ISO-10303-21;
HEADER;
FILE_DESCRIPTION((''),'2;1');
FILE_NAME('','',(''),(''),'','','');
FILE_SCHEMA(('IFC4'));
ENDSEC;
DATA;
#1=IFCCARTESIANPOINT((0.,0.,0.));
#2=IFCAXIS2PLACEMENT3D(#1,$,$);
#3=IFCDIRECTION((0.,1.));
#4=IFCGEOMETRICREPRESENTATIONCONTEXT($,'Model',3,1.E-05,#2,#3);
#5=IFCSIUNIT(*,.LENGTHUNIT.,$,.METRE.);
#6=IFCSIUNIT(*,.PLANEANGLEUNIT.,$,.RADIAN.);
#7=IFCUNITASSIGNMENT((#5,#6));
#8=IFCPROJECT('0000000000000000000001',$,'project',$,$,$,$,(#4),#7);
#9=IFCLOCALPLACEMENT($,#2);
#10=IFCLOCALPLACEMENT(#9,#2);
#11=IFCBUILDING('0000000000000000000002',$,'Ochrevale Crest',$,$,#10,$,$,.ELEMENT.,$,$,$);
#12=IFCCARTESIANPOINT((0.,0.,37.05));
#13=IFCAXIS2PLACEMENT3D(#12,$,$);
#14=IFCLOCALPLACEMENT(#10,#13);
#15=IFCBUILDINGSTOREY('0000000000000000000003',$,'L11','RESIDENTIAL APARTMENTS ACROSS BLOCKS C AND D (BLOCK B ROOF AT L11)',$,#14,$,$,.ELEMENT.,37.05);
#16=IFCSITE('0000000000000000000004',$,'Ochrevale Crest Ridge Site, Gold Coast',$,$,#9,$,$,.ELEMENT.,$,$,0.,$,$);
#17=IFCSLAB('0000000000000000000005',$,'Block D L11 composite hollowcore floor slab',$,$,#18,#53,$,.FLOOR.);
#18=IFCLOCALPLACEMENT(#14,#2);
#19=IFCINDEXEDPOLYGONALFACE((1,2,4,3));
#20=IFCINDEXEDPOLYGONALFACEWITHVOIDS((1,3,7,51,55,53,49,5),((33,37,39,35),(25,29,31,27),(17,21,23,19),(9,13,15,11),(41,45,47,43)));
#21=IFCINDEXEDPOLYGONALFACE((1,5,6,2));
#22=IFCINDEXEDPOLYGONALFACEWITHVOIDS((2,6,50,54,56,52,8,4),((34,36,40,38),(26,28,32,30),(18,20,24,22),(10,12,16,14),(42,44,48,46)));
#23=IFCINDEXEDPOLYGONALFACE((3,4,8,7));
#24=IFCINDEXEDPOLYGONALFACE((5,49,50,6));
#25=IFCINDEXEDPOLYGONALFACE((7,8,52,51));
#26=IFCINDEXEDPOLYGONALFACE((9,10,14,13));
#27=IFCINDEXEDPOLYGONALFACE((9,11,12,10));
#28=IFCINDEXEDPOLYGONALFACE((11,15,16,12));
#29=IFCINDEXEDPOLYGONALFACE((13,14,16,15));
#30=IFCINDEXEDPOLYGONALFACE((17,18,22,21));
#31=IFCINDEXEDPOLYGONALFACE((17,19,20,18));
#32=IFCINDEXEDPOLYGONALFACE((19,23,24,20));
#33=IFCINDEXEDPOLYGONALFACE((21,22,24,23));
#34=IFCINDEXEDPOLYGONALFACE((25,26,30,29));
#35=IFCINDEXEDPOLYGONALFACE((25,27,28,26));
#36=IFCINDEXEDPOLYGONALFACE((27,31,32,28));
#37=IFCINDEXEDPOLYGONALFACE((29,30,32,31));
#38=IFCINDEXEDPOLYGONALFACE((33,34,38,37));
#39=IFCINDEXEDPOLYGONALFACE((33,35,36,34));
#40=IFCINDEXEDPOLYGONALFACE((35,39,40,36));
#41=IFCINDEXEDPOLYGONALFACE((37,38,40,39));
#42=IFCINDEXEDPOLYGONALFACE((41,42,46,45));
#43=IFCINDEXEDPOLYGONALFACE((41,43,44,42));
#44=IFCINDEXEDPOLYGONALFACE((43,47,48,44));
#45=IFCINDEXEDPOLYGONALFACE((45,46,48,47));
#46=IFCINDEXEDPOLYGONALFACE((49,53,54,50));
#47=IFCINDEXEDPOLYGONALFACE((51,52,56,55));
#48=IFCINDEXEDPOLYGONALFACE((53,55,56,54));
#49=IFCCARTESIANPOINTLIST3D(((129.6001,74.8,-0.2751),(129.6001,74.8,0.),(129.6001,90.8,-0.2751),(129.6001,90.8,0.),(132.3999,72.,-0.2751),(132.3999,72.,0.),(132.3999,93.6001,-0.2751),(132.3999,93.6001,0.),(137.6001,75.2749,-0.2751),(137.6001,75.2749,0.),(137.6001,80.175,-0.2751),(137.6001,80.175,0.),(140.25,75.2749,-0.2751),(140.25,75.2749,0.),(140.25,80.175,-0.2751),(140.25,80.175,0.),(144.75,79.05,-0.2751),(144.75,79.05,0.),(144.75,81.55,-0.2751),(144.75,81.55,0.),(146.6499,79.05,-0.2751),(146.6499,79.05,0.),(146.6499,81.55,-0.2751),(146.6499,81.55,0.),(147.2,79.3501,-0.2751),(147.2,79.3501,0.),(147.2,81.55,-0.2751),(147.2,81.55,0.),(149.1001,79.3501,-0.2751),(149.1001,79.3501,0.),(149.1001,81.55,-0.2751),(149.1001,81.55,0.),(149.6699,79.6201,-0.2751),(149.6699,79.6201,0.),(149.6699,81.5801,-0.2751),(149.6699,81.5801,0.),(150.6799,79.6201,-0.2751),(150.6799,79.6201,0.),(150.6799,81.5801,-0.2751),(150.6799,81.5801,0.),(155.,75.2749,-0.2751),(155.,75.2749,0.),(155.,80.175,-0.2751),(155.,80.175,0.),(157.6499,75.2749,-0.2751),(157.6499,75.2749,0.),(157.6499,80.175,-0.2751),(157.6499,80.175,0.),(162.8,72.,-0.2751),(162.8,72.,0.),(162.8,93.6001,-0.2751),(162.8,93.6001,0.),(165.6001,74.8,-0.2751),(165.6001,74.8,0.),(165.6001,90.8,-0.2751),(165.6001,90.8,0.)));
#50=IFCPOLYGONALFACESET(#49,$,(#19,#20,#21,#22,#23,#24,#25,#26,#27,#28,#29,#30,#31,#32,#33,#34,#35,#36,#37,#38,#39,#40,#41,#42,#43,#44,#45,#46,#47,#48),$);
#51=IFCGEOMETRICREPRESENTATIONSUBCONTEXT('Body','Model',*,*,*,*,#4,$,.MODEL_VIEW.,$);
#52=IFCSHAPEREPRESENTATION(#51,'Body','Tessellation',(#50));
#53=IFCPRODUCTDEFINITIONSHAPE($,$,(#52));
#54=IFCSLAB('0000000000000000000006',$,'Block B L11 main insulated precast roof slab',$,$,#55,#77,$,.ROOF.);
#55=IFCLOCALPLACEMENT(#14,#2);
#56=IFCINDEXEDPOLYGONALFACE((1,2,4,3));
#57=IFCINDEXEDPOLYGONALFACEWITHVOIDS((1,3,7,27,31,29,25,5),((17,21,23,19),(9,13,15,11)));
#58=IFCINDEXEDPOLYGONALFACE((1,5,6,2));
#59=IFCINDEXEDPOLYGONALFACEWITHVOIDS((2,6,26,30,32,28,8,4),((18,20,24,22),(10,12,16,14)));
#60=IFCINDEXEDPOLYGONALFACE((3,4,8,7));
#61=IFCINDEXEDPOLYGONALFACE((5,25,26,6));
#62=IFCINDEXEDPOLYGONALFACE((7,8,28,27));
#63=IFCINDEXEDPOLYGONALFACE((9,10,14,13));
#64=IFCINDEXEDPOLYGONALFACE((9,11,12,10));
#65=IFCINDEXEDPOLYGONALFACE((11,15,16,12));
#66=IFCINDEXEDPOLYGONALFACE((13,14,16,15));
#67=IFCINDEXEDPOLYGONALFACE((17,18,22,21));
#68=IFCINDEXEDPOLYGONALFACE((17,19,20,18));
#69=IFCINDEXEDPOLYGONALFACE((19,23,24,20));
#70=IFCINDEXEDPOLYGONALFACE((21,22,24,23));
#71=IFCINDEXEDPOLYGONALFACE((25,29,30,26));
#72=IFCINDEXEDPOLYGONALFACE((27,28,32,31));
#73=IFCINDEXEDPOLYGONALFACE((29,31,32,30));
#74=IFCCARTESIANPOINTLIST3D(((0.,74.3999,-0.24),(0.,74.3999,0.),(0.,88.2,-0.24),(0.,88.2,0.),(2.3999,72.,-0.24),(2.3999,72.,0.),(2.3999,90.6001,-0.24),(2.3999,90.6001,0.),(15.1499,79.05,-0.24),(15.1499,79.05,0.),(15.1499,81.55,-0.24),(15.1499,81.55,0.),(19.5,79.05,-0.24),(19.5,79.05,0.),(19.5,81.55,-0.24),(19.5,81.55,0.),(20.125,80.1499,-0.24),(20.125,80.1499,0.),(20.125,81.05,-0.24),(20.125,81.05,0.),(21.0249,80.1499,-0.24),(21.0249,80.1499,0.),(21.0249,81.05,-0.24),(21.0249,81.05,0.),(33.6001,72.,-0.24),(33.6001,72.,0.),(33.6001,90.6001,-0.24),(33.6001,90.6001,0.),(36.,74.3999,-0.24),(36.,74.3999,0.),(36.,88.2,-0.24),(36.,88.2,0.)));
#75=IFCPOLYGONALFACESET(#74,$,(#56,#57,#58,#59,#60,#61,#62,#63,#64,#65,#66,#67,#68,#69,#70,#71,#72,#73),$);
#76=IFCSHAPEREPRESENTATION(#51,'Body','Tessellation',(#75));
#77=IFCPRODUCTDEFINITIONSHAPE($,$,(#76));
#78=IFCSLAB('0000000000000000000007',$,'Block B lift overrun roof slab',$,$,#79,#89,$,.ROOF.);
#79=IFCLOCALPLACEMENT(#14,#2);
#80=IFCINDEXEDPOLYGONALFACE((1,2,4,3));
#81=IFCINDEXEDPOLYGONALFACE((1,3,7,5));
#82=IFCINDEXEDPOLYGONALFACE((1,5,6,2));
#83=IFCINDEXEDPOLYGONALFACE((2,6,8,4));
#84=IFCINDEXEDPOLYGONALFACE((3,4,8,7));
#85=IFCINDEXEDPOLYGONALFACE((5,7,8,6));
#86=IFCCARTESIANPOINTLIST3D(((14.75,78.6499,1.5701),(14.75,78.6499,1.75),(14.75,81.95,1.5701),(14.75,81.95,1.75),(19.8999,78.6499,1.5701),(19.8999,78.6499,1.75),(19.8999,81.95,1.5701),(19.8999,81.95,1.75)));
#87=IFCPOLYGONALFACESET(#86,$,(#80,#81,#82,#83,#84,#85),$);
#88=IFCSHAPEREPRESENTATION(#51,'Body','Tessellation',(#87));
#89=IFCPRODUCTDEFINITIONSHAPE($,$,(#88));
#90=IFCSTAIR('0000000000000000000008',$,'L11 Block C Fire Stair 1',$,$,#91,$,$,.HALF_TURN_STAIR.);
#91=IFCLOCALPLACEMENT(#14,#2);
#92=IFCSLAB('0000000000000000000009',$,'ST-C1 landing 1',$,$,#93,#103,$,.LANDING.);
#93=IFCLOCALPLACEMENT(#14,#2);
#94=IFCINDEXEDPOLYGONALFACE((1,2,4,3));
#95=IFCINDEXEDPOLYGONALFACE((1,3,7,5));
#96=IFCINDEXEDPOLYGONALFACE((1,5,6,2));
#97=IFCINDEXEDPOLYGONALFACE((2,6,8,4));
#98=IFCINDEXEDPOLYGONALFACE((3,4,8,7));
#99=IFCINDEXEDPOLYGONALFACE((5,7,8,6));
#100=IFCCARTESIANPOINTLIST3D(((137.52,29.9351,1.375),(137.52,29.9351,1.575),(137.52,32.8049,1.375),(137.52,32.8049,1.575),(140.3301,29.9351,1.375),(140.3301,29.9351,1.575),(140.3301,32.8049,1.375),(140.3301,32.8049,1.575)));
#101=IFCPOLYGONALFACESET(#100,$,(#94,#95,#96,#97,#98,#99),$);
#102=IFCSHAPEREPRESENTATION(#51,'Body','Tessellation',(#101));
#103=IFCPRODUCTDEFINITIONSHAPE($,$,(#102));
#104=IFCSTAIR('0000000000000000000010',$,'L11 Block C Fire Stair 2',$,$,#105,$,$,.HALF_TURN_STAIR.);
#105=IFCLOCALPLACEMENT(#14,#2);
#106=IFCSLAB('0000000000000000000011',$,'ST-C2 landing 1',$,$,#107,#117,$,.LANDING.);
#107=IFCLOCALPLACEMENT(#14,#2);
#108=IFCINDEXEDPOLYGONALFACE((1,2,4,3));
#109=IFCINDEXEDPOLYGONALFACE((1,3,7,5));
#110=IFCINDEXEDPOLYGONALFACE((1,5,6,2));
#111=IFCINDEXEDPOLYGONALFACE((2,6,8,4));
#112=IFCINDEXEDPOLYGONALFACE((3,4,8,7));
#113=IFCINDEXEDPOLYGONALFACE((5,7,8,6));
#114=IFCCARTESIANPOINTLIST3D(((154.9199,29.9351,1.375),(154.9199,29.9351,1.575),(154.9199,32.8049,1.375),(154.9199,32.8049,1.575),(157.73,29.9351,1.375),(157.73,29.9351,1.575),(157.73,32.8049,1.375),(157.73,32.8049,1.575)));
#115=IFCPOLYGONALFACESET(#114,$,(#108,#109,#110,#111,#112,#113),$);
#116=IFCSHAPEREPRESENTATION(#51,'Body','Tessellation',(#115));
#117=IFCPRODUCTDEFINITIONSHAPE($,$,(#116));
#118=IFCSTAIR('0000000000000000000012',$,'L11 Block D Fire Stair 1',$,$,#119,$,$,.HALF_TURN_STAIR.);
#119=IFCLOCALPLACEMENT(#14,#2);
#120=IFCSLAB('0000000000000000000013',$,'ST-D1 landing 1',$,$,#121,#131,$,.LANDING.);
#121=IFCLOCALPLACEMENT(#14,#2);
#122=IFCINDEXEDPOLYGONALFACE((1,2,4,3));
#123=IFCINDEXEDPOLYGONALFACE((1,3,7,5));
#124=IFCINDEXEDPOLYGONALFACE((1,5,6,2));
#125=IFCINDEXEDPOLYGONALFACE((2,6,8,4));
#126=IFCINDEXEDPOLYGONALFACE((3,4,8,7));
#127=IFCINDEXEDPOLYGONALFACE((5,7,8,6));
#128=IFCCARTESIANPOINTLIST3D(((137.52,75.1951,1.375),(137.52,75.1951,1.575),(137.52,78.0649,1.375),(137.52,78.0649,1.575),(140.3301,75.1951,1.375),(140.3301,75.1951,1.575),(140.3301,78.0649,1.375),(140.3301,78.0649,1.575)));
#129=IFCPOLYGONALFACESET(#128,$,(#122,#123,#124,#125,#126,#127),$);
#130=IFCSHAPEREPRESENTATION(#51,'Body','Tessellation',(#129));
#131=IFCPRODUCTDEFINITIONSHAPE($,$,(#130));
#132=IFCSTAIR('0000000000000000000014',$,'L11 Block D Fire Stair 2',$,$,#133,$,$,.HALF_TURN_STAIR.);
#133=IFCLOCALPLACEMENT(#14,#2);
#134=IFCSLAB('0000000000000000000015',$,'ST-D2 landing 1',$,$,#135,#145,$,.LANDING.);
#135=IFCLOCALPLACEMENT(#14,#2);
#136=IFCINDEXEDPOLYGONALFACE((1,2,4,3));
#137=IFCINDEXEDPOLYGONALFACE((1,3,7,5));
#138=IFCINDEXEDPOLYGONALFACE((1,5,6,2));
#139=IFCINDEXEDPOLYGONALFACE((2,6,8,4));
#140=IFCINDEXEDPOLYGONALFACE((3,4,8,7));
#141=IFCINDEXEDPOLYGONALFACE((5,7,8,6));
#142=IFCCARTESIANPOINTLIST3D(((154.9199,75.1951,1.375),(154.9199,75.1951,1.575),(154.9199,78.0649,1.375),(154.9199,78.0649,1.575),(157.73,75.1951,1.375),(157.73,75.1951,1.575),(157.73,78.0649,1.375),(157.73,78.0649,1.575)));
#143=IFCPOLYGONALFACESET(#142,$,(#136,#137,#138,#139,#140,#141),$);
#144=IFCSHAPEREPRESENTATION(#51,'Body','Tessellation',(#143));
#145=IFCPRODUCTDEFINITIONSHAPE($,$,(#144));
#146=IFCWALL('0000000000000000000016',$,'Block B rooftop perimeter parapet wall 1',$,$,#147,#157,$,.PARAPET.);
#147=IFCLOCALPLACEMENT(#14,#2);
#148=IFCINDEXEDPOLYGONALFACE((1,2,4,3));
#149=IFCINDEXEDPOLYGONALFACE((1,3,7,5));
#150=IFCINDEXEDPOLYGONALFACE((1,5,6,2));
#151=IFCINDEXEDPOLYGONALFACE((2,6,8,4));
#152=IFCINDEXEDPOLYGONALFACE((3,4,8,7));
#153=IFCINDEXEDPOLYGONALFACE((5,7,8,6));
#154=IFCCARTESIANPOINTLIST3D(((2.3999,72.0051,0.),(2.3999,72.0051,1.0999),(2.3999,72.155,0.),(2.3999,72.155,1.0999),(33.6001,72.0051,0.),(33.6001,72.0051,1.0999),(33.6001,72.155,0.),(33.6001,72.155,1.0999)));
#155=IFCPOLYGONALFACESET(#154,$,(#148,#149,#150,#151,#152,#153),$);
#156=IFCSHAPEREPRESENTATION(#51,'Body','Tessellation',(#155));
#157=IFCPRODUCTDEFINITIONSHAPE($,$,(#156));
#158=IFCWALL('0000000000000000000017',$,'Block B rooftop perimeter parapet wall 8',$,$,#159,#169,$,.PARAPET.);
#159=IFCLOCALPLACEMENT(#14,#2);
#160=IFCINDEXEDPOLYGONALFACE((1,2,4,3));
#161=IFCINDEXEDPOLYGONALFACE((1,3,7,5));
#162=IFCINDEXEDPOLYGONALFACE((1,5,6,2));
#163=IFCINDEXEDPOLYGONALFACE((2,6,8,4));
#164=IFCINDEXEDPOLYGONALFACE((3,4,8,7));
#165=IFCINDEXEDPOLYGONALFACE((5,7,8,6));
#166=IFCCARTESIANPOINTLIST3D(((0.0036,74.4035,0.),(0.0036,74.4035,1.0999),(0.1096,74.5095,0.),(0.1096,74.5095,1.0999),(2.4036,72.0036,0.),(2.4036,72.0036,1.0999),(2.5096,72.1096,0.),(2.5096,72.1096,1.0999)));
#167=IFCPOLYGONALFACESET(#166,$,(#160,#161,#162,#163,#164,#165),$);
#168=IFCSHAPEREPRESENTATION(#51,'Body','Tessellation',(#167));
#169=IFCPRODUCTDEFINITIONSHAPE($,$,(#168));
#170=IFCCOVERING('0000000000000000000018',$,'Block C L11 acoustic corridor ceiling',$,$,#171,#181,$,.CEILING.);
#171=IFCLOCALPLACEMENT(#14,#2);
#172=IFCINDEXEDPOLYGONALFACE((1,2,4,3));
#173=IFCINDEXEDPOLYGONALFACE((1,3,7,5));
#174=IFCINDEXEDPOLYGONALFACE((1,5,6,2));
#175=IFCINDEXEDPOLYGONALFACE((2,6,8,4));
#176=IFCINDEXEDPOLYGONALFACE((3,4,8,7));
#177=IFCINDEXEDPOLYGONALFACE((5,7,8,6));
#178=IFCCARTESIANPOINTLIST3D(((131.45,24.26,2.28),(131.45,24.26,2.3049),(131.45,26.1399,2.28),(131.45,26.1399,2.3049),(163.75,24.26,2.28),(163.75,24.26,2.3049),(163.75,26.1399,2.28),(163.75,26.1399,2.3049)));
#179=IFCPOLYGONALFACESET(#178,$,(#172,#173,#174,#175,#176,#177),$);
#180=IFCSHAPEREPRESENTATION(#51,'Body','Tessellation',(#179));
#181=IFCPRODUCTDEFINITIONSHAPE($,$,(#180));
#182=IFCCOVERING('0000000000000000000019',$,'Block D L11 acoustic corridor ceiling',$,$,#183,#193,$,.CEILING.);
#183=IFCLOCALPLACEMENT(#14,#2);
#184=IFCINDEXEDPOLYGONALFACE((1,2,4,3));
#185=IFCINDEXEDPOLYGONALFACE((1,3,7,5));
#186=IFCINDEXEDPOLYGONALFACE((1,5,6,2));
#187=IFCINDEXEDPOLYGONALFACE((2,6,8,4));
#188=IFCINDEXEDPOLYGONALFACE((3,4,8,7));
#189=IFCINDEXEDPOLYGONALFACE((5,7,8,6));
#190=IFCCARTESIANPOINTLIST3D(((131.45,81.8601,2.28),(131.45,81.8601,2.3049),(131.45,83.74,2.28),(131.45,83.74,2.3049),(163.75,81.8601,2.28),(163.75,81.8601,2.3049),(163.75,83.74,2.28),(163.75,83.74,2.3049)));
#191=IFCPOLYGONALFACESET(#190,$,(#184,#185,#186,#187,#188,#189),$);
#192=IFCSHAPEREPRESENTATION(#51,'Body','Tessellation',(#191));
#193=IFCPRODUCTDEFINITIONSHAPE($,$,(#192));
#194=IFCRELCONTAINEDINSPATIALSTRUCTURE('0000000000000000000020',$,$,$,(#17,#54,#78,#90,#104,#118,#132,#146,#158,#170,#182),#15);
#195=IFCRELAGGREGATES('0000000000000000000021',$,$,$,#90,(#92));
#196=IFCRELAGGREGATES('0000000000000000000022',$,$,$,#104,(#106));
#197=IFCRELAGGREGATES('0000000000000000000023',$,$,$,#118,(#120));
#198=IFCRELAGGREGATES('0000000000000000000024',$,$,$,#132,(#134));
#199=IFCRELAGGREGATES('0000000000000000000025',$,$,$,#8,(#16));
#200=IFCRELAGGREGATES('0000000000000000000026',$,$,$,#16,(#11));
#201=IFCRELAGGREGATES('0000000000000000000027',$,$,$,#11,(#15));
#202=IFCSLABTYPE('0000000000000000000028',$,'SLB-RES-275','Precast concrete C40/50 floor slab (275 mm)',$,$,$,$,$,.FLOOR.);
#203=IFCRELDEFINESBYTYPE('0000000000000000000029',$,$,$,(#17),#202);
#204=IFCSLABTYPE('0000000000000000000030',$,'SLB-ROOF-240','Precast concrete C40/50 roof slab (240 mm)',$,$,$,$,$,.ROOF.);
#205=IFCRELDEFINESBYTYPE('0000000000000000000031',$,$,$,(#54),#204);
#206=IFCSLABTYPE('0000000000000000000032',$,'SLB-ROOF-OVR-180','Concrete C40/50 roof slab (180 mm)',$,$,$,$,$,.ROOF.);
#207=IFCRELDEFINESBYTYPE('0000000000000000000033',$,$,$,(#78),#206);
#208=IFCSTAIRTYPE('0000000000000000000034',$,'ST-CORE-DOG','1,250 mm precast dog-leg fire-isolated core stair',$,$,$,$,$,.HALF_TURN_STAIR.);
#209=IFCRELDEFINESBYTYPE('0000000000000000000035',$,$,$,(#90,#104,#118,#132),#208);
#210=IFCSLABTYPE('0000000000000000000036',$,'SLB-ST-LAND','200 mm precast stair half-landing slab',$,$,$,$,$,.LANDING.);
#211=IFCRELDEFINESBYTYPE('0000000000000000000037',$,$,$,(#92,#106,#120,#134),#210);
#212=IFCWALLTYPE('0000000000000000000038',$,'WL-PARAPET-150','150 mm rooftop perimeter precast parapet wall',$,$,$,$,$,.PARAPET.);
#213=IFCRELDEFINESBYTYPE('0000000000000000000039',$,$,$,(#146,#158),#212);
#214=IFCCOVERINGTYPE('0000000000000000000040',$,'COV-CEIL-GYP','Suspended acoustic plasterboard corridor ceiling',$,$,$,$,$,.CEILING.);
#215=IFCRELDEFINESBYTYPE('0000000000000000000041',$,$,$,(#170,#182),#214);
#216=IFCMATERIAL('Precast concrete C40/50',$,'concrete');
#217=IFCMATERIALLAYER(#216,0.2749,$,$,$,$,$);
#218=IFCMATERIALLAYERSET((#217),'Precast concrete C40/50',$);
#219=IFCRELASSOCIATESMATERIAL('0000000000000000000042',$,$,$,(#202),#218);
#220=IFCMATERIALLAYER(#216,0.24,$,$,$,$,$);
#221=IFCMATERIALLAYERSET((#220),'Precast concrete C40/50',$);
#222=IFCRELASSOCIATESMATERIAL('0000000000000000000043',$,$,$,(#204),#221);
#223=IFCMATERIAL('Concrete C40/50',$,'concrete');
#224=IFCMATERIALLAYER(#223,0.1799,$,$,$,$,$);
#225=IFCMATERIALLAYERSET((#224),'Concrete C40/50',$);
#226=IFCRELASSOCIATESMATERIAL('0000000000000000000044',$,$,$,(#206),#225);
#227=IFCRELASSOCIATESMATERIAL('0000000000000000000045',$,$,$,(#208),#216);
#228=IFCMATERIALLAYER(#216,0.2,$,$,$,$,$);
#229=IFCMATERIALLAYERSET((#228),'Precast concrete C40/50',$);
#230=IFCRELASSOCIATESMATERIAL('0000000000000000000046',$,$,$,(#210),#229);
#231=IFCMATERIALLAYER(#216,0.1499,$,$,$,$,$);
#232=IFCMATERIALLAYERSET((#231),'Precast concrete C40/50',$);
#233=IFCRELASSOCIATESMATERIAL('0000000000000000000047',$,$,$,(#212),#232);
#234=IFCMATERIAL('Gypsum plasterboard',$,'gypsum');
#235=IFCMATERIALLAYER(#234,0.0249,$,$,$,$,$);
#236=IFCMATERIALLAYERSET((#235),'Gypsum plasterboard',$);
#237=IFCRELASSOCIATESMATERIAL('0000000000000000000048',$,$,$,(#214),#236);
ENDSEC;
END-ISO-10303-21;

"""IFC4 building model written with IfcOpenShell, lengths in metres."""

from ifc_helpers import new_model, si_unit, direction, frame, frame_2d, origin, place, context, subcontext, project, spatial, polyline, rectangle, outline, extrude, material, layer, layer_set, type_object, element, aggregate, save


model = new_model("IFC4")

# Units and contexts
model_context = context("Model", 3, precision=1e-05, world=origin(), true_north=direction((0.0, 1.0)))
body_context = subcontext(model_context, "Body", "Model", "MODEL_VIEW")
ifc_project = project(units=[si_unit("LENGTHUNIT", "METRE"), si_unit("PLANEANGLEUNIT", "RADIAN")], contexts=[model_context])

# Site, building, storey
site_placement = place(None, origin())
site = spatial("IfcSite", under=ifc_project, at=site_placement, Name="Ochrevale Crest Ridge Site, Gold Coast", CompositionType="ELEMENT", RefElevation=0.0)
building_placement = place(site_placement, origin())
building = spatial("IfcBuilding", under=site, at=building_placement, Name="Ochrevale Crest", CompositionType="ELEMENT")
storey_placement = place(building_placement, frame((0.0, 0.0, 37.05)))
storey = spatial("IfcBuildingStorey", under=building, at=storey_placement, Name="L11", Description="RESIDENTIAL APARTMENTS ACROSS BLOCKS C AND D (BLOCK B ROOF AT L11)", CompositionType="ELEMENT", Elevation=37.05)

# Slabs
ifc_material_1 = material(Name="Precast concrete C40/50", Category="concrete")
ifc_layer_1 = layer(ifc_material_1, 0.2749)
ifc_layer_set_1 = layer_set([ifc_layer_1], Name="Precast concrete C40/50")
slab_type_1 = type_object("IfcSlabType", Name="SLB-RES-275", Description="Precast concrete C40/50 floor slab (275 mm)", PredefinedType="FLOOR", material=ifc_layer_set_1)
slab_1_placement = place(storey_placement, frame((0.0, 0.0, -0.2751)))
element("IfcSlab", 1, at=slab_1_placement, inside=storey, type_object=slab_type_1, Name="Block D L11 composite hollowcore floor slab", PredefinedType="FLOOR", context=body_context, shape_type="SweptSolid", body=[
    extrude(outline(polyline([(132.3999, 72.0), (162.8, 72.0), (165.6001, 74.8), (165.6001, 90.8), (162.8, 93.6001), (132.3999, 93.6001), (129.6001, 90.8), (129.6001, 74.8), (132.3999, 72.0)]), holes=[polyline([(137.6001, 80.175), (137.6001, 75.2749), (140.25, 75.2749), (140.25, 80.175), (137.6001, 80.175)]), polyline([(155.0, 80.175), (155.0, 75.2749), (157.6499, 75.2749), (157.6499, 80.175), (155.0, 80.175)]), polyline([(144.75, 79.05), (146.6499, 79.05), (146.6499, 81.55), (144.75, 81.55), (144.75, 79.05)]), polyline([(147.2, 79.3501), (149.1001, 79.3501), (149.1001, 81.55), (147.2, 81.55), (147.2, 79.3501)]), polyline([(149.6699, 79.6201), (150.6799, 79.6201), (150.6799, 81.5801), (149.6699, 81.5801), (149.6699, 79.6201)])]), origin(), (0.0, 0.0, 1.0), 0.2751),
])
ifc_layer_2 = layer(ifc_material_1, 0.24)
ifc_layer_set_2 = layer_set([ifc_layer_2], Name="Precast concrete C40/50")
slab_type_2 = type_object("IfcSlabType", Name="SLB-ROOF-240", Description="Precast concrete C40/50 roof slab (240 mm)", PredefinedType="ROOF", material=ifc_layer_set_2)
slab_2_placement = place(storey_placement, frame((0.0, 0.0, -0.24)))
element("IfcSlab", 2, at=slab_2_placement, inside=storey, type_object=slab_type_2, Name="Block B L11 main insulated precast roof slab", PredefinedType="ROOF", context=body_context, shape_type="SweptSolid", body=[
    extrude(outline(polyline([(2.3999, 72.0), (33.6001, 72.0), (36.0, 74.3999), (36.0, 88.2), (33.6001, 90.6001), (2.3999, 90.6001), (0.0, 88.2), (0.0, 74.3999), (2.3999, 72.0)]), holes=[polyline([(15.1499, 79.05), (19.5, 79.05), (19.5, 81.55), (15.1499, 81.55), (15.1499, 79.05)]), polyline([(20.125, 80.1499), (21.0249, 80.1499), (21.0249, 81.05), (20.125, 81.05), (20.125, 80.1499)])]), origin(), (0.0, 0.0, 1.0), 0.24),
])
ifc_material_2 = material(Name="Concrete C40/50", Category="concrete")
ifc_layer_3 = layer(ifc_material_2, 0.1799)
ifc_layer_set_3 = layer_set([ifc_layer_3], Name="Concrete C40/50")
slab_type_3 = type_object("IfcSlabType", Name="SLB-ROOF-OVR-180", Description="Concrete C40/50 roof slab (180 mm)", PredefinedType="ROOF", material=ifc_layer_set_3)
slab_3_placement = place(storey_placement, frame((0.0, 0.0, 1.5701)))
element("IfcSlab", 3, at=slab_3_placement, inside=storey, type_object=slab_type_3, Name="Block B lift overrun roof slab", PredefinedType="ROOF", context=body_context, shape_type="SweptSolid", body=[
    extrude(outline(polyline([(14.75, 78.6499), (19.8999, 78.6499), (19.8999, 81.95), (14.75, 81.95), (14.75, 78.6499)])), origin(), (0.0, 0.0, 1.0), 0.1799),
])

# Stairs, slabs
stair_type = type_object("IfcStairType", Name="ST-CORE-DOG", Description="1,250 mm precast dog-leg fire-isolated core stair", PredefinedType="HALF_TURN_STAIR", material=ifc_material_1)
stair_1_placement = place(storey_placement, origin())
stair_1 = element("IfcStair", 4, at=stair_1_placement, inside=storey, type_object=stair_type, Name="L11 Block C Fire Stair 1", PredefinedType="HALF_TURN_STAIR")
ifc_layer_4 = layer(ifc_material_1, 0.2)
ifc_layer_set_4 = layer_set([ifc_layer_4], Name="Precast concrete C40/50")
slab_type_4 = type_object("IfcSlabType", Name="SLB-ST-LAND", Description="200 mm precast stair half-landing slab", PredefinedType="LANDING", material=ifc_layer_set_4)
slab_4_placement = place(storey_placement, frame((0.0, 0.0, 1.375)))
slab_4 = element("IfcSlab", 5, at=slab_4_placement, type_object=slab_type_4, Name="ST-C1 landing 1", PredefinedType="LANDING", context=body_context, shape_type="SweptSolid", body=[
    extrude(outline(polyline([(140.3301, 29.9351), (140.3301, 32.8049), (137.52, 32.8049), (137.52, 29.9351), (140.3301, 29.9351)])), origin(), (0.0, 0.0, 1.0), 0.2),
])
aggregate(stair_1, [slab_4])
stair_2_placement = place(storey_placement, origin())
stair_2 = element("IfcStair", 6, at=stair_2_placement, inside=storey, type_object=stair_type, Name="L11 Block C Fire Stair 2", PredefinedType="HALF_TURN_STAIR")
slab_5_placement = place(storey_placement, frame((0.0, 0.0, 1.375)))
slab_5 = element("IfcSlab", 7, at=slab_5_placement, type_object=slab_type_4, Name="ST-C2 landing 1", PredefinedType="LANDING", context=body_context, shape_type="SweptSolid", body=[
    extrude(outline(polyline([(157.73, 29.9351), (157.73, 32.8049), (154.9199, 32.8049), (154.9199, 29.9351), (157.73, 29.9351)])), origin(), (0.0, 0.0, 1.0), 0.2),
])
aggregate(stair_2, [slab_5])
stair_3_placement = place(storey_placement, origin())
stair_3 = element("IfcStair", 8, at=stair_3_placement, inside=storey, type_object=stair_type, Name="L11 Block D Fire Stair 1", PredefinedType="HALF_TURN_STAIR")
slab_6_placement = place(storey_placement, frame((0.0, 0.0, 1.375)))
slab_6 = element("IfcSlab", 9, at=slab_6_placement, type_object=slab_type_4, Name="ST-D1 landing 1", PredefinedType="LANDING", context=body_context, shape_type="SweptSolid", body=[
    extrude(outline(polyline([(137.52, 78.0649), (137.52, 75.1951), (140.3301, 75.1951), (140.3301, 78.0649), (137.52, 78.0649)])), origin(), (0.0, 0.0, 1.0), 0.2),
])
aggregate(stair_3, [slab_6])
stair_4_placement = place(storey_placement, origin())
stair_4 = element("IfcStair", 10, at=stair_4_placement, inside=storey, type_object=stair_type, Name="L11 Block D Fire Stair 2", PredefinedType="HALF_TURN_STAIR")
slab_7_placement = place(storey_placement, frame((0.0, 0.0, 1.375)))
slab_7 = element("IfcSlab", 11, at=slab_7_placement, type_object=slab_type_4, Name="ST-D2 landing 1", PredefinedType="LANDING", context=body_context, shape_type="SweptSolid", body=[
    extrude(outline(polyline([(154.9199, 78.0649), (154.9199, 75.1951), (157.73, 75.1951), (157.73, 78.0649), (154.9199, 78.0649)])), origin(), (0.0, 0.0, 1.0), 0.2),
])
aggregate(stair_4, [slab_7])

# Walls
ifc_layer_5 = layer(ifc_material_1, 0.1499)
ifc_layer_set_5 = layer_set([ifc_layer_5], Name="Precast concrete C40/50")
wall_type = type_object("IfcWallType", Name="WL-PARAPET-150", Description="150 mm rooftop perimeter precast parapet wall", PredefinedType="PARAPET", material=ifc_layer_set_5)
wall_1_placement = place(storey_placement, frame((2.3999, 72.0801, 0.0), z_axis=(0.0, 0.0, 1.0), x_axis=(1.0, 0.0, 0.0)))
element("IfcWall", 12, at=wall_1_placement, inside=storey, type_object=wall_type, Name="Block B rooftop perimeter parapet wall 1", PredefinedType="PARAPET", context=body_context, shape_type="SweptSolid", body=[
    extrude(rectangle(XDim=31.2002, YDim=0.1499, at=frame_2d((15.6001, 0.0))), origin(), (0.0, 0.0, 1.0), 1.0999),
])
wall_2_placement = place(storey_placement, frame((0.0566, 74.4565, 0.0), z_axis=(0.0, 0.0, 1.0), x_axis=(0.707107, -0.707107, 0.0)))
element("IfcWall", 13, at=wall_2_placement, inside=storey, type_object=wall_type, Name="Block B rooftop perimeter parapet wall 8", PredefinedType="PARAPET", context=body_context, shape_type="SweptSolid", body=[
    extrude(rectangle(XDim=3.394, YDim=0.1499, at=frame_2d((1.697, 0.0))), origin(), (0.0, 0.0, 1.0), 1.0999),
])

# Coverings
ifc_material_3 = material(Name="Gypsum plasterboard", Category="gypsum")
ifc_layer_6 = layer(ifc_material_3, 0.0249)
ifc_layer_set_6 = layer_set([ifc_layer_6], Name="Gypsum plasterboard")
covering_type_1 = type_object("IfcCoveringType", Name="COV-CEIL-GYP", Description="Suspended acoustic plasterboard corridor ceiling", PredefinedType="CEILING", material=ifc_layer_set_6)
covering_1_placement = place(storey_placement, frame((0.0, 0.0, 2.28)))
element("IfcCovering", 14, at=covering_1_placement, inside=storey, type_object=covering_type_1, Name="Block C L11 acoustic corridor ceiling", PredefinedType="CEILING", context=body_context, shape_type="SweptSolid", body=[
    extrude(outline(polyline([(131.45, 24.26), (163.75, 24.26), (163.75, 26.1399), (131.45, 26.1399), (131.45, 24.26)])), origin(), (0.0, 0.0, 1.0), 0.0249),
])
covering_2_placement = place(storey_placement, frame((0.0, 0.0, 2.28)))
element("IfcCovering", 15, at=covering_2_placement, inside=storey, type_object=covering_type_1, Name="Block D L11 acoustic corridor ceiling", PredefinedType="CEILING", context=body_context, shape_type="SweptSolid", body=[
    extrude(outline(polyline([(131.45, 81.8601), (163.75, 81.8601), (163.75, 83.74), (131.45, 83.74), (131.45, 81.8601)])), origin(), (0.0, 0.0, 1.0), 0.0249),
])

save(model, "model.ifc")
